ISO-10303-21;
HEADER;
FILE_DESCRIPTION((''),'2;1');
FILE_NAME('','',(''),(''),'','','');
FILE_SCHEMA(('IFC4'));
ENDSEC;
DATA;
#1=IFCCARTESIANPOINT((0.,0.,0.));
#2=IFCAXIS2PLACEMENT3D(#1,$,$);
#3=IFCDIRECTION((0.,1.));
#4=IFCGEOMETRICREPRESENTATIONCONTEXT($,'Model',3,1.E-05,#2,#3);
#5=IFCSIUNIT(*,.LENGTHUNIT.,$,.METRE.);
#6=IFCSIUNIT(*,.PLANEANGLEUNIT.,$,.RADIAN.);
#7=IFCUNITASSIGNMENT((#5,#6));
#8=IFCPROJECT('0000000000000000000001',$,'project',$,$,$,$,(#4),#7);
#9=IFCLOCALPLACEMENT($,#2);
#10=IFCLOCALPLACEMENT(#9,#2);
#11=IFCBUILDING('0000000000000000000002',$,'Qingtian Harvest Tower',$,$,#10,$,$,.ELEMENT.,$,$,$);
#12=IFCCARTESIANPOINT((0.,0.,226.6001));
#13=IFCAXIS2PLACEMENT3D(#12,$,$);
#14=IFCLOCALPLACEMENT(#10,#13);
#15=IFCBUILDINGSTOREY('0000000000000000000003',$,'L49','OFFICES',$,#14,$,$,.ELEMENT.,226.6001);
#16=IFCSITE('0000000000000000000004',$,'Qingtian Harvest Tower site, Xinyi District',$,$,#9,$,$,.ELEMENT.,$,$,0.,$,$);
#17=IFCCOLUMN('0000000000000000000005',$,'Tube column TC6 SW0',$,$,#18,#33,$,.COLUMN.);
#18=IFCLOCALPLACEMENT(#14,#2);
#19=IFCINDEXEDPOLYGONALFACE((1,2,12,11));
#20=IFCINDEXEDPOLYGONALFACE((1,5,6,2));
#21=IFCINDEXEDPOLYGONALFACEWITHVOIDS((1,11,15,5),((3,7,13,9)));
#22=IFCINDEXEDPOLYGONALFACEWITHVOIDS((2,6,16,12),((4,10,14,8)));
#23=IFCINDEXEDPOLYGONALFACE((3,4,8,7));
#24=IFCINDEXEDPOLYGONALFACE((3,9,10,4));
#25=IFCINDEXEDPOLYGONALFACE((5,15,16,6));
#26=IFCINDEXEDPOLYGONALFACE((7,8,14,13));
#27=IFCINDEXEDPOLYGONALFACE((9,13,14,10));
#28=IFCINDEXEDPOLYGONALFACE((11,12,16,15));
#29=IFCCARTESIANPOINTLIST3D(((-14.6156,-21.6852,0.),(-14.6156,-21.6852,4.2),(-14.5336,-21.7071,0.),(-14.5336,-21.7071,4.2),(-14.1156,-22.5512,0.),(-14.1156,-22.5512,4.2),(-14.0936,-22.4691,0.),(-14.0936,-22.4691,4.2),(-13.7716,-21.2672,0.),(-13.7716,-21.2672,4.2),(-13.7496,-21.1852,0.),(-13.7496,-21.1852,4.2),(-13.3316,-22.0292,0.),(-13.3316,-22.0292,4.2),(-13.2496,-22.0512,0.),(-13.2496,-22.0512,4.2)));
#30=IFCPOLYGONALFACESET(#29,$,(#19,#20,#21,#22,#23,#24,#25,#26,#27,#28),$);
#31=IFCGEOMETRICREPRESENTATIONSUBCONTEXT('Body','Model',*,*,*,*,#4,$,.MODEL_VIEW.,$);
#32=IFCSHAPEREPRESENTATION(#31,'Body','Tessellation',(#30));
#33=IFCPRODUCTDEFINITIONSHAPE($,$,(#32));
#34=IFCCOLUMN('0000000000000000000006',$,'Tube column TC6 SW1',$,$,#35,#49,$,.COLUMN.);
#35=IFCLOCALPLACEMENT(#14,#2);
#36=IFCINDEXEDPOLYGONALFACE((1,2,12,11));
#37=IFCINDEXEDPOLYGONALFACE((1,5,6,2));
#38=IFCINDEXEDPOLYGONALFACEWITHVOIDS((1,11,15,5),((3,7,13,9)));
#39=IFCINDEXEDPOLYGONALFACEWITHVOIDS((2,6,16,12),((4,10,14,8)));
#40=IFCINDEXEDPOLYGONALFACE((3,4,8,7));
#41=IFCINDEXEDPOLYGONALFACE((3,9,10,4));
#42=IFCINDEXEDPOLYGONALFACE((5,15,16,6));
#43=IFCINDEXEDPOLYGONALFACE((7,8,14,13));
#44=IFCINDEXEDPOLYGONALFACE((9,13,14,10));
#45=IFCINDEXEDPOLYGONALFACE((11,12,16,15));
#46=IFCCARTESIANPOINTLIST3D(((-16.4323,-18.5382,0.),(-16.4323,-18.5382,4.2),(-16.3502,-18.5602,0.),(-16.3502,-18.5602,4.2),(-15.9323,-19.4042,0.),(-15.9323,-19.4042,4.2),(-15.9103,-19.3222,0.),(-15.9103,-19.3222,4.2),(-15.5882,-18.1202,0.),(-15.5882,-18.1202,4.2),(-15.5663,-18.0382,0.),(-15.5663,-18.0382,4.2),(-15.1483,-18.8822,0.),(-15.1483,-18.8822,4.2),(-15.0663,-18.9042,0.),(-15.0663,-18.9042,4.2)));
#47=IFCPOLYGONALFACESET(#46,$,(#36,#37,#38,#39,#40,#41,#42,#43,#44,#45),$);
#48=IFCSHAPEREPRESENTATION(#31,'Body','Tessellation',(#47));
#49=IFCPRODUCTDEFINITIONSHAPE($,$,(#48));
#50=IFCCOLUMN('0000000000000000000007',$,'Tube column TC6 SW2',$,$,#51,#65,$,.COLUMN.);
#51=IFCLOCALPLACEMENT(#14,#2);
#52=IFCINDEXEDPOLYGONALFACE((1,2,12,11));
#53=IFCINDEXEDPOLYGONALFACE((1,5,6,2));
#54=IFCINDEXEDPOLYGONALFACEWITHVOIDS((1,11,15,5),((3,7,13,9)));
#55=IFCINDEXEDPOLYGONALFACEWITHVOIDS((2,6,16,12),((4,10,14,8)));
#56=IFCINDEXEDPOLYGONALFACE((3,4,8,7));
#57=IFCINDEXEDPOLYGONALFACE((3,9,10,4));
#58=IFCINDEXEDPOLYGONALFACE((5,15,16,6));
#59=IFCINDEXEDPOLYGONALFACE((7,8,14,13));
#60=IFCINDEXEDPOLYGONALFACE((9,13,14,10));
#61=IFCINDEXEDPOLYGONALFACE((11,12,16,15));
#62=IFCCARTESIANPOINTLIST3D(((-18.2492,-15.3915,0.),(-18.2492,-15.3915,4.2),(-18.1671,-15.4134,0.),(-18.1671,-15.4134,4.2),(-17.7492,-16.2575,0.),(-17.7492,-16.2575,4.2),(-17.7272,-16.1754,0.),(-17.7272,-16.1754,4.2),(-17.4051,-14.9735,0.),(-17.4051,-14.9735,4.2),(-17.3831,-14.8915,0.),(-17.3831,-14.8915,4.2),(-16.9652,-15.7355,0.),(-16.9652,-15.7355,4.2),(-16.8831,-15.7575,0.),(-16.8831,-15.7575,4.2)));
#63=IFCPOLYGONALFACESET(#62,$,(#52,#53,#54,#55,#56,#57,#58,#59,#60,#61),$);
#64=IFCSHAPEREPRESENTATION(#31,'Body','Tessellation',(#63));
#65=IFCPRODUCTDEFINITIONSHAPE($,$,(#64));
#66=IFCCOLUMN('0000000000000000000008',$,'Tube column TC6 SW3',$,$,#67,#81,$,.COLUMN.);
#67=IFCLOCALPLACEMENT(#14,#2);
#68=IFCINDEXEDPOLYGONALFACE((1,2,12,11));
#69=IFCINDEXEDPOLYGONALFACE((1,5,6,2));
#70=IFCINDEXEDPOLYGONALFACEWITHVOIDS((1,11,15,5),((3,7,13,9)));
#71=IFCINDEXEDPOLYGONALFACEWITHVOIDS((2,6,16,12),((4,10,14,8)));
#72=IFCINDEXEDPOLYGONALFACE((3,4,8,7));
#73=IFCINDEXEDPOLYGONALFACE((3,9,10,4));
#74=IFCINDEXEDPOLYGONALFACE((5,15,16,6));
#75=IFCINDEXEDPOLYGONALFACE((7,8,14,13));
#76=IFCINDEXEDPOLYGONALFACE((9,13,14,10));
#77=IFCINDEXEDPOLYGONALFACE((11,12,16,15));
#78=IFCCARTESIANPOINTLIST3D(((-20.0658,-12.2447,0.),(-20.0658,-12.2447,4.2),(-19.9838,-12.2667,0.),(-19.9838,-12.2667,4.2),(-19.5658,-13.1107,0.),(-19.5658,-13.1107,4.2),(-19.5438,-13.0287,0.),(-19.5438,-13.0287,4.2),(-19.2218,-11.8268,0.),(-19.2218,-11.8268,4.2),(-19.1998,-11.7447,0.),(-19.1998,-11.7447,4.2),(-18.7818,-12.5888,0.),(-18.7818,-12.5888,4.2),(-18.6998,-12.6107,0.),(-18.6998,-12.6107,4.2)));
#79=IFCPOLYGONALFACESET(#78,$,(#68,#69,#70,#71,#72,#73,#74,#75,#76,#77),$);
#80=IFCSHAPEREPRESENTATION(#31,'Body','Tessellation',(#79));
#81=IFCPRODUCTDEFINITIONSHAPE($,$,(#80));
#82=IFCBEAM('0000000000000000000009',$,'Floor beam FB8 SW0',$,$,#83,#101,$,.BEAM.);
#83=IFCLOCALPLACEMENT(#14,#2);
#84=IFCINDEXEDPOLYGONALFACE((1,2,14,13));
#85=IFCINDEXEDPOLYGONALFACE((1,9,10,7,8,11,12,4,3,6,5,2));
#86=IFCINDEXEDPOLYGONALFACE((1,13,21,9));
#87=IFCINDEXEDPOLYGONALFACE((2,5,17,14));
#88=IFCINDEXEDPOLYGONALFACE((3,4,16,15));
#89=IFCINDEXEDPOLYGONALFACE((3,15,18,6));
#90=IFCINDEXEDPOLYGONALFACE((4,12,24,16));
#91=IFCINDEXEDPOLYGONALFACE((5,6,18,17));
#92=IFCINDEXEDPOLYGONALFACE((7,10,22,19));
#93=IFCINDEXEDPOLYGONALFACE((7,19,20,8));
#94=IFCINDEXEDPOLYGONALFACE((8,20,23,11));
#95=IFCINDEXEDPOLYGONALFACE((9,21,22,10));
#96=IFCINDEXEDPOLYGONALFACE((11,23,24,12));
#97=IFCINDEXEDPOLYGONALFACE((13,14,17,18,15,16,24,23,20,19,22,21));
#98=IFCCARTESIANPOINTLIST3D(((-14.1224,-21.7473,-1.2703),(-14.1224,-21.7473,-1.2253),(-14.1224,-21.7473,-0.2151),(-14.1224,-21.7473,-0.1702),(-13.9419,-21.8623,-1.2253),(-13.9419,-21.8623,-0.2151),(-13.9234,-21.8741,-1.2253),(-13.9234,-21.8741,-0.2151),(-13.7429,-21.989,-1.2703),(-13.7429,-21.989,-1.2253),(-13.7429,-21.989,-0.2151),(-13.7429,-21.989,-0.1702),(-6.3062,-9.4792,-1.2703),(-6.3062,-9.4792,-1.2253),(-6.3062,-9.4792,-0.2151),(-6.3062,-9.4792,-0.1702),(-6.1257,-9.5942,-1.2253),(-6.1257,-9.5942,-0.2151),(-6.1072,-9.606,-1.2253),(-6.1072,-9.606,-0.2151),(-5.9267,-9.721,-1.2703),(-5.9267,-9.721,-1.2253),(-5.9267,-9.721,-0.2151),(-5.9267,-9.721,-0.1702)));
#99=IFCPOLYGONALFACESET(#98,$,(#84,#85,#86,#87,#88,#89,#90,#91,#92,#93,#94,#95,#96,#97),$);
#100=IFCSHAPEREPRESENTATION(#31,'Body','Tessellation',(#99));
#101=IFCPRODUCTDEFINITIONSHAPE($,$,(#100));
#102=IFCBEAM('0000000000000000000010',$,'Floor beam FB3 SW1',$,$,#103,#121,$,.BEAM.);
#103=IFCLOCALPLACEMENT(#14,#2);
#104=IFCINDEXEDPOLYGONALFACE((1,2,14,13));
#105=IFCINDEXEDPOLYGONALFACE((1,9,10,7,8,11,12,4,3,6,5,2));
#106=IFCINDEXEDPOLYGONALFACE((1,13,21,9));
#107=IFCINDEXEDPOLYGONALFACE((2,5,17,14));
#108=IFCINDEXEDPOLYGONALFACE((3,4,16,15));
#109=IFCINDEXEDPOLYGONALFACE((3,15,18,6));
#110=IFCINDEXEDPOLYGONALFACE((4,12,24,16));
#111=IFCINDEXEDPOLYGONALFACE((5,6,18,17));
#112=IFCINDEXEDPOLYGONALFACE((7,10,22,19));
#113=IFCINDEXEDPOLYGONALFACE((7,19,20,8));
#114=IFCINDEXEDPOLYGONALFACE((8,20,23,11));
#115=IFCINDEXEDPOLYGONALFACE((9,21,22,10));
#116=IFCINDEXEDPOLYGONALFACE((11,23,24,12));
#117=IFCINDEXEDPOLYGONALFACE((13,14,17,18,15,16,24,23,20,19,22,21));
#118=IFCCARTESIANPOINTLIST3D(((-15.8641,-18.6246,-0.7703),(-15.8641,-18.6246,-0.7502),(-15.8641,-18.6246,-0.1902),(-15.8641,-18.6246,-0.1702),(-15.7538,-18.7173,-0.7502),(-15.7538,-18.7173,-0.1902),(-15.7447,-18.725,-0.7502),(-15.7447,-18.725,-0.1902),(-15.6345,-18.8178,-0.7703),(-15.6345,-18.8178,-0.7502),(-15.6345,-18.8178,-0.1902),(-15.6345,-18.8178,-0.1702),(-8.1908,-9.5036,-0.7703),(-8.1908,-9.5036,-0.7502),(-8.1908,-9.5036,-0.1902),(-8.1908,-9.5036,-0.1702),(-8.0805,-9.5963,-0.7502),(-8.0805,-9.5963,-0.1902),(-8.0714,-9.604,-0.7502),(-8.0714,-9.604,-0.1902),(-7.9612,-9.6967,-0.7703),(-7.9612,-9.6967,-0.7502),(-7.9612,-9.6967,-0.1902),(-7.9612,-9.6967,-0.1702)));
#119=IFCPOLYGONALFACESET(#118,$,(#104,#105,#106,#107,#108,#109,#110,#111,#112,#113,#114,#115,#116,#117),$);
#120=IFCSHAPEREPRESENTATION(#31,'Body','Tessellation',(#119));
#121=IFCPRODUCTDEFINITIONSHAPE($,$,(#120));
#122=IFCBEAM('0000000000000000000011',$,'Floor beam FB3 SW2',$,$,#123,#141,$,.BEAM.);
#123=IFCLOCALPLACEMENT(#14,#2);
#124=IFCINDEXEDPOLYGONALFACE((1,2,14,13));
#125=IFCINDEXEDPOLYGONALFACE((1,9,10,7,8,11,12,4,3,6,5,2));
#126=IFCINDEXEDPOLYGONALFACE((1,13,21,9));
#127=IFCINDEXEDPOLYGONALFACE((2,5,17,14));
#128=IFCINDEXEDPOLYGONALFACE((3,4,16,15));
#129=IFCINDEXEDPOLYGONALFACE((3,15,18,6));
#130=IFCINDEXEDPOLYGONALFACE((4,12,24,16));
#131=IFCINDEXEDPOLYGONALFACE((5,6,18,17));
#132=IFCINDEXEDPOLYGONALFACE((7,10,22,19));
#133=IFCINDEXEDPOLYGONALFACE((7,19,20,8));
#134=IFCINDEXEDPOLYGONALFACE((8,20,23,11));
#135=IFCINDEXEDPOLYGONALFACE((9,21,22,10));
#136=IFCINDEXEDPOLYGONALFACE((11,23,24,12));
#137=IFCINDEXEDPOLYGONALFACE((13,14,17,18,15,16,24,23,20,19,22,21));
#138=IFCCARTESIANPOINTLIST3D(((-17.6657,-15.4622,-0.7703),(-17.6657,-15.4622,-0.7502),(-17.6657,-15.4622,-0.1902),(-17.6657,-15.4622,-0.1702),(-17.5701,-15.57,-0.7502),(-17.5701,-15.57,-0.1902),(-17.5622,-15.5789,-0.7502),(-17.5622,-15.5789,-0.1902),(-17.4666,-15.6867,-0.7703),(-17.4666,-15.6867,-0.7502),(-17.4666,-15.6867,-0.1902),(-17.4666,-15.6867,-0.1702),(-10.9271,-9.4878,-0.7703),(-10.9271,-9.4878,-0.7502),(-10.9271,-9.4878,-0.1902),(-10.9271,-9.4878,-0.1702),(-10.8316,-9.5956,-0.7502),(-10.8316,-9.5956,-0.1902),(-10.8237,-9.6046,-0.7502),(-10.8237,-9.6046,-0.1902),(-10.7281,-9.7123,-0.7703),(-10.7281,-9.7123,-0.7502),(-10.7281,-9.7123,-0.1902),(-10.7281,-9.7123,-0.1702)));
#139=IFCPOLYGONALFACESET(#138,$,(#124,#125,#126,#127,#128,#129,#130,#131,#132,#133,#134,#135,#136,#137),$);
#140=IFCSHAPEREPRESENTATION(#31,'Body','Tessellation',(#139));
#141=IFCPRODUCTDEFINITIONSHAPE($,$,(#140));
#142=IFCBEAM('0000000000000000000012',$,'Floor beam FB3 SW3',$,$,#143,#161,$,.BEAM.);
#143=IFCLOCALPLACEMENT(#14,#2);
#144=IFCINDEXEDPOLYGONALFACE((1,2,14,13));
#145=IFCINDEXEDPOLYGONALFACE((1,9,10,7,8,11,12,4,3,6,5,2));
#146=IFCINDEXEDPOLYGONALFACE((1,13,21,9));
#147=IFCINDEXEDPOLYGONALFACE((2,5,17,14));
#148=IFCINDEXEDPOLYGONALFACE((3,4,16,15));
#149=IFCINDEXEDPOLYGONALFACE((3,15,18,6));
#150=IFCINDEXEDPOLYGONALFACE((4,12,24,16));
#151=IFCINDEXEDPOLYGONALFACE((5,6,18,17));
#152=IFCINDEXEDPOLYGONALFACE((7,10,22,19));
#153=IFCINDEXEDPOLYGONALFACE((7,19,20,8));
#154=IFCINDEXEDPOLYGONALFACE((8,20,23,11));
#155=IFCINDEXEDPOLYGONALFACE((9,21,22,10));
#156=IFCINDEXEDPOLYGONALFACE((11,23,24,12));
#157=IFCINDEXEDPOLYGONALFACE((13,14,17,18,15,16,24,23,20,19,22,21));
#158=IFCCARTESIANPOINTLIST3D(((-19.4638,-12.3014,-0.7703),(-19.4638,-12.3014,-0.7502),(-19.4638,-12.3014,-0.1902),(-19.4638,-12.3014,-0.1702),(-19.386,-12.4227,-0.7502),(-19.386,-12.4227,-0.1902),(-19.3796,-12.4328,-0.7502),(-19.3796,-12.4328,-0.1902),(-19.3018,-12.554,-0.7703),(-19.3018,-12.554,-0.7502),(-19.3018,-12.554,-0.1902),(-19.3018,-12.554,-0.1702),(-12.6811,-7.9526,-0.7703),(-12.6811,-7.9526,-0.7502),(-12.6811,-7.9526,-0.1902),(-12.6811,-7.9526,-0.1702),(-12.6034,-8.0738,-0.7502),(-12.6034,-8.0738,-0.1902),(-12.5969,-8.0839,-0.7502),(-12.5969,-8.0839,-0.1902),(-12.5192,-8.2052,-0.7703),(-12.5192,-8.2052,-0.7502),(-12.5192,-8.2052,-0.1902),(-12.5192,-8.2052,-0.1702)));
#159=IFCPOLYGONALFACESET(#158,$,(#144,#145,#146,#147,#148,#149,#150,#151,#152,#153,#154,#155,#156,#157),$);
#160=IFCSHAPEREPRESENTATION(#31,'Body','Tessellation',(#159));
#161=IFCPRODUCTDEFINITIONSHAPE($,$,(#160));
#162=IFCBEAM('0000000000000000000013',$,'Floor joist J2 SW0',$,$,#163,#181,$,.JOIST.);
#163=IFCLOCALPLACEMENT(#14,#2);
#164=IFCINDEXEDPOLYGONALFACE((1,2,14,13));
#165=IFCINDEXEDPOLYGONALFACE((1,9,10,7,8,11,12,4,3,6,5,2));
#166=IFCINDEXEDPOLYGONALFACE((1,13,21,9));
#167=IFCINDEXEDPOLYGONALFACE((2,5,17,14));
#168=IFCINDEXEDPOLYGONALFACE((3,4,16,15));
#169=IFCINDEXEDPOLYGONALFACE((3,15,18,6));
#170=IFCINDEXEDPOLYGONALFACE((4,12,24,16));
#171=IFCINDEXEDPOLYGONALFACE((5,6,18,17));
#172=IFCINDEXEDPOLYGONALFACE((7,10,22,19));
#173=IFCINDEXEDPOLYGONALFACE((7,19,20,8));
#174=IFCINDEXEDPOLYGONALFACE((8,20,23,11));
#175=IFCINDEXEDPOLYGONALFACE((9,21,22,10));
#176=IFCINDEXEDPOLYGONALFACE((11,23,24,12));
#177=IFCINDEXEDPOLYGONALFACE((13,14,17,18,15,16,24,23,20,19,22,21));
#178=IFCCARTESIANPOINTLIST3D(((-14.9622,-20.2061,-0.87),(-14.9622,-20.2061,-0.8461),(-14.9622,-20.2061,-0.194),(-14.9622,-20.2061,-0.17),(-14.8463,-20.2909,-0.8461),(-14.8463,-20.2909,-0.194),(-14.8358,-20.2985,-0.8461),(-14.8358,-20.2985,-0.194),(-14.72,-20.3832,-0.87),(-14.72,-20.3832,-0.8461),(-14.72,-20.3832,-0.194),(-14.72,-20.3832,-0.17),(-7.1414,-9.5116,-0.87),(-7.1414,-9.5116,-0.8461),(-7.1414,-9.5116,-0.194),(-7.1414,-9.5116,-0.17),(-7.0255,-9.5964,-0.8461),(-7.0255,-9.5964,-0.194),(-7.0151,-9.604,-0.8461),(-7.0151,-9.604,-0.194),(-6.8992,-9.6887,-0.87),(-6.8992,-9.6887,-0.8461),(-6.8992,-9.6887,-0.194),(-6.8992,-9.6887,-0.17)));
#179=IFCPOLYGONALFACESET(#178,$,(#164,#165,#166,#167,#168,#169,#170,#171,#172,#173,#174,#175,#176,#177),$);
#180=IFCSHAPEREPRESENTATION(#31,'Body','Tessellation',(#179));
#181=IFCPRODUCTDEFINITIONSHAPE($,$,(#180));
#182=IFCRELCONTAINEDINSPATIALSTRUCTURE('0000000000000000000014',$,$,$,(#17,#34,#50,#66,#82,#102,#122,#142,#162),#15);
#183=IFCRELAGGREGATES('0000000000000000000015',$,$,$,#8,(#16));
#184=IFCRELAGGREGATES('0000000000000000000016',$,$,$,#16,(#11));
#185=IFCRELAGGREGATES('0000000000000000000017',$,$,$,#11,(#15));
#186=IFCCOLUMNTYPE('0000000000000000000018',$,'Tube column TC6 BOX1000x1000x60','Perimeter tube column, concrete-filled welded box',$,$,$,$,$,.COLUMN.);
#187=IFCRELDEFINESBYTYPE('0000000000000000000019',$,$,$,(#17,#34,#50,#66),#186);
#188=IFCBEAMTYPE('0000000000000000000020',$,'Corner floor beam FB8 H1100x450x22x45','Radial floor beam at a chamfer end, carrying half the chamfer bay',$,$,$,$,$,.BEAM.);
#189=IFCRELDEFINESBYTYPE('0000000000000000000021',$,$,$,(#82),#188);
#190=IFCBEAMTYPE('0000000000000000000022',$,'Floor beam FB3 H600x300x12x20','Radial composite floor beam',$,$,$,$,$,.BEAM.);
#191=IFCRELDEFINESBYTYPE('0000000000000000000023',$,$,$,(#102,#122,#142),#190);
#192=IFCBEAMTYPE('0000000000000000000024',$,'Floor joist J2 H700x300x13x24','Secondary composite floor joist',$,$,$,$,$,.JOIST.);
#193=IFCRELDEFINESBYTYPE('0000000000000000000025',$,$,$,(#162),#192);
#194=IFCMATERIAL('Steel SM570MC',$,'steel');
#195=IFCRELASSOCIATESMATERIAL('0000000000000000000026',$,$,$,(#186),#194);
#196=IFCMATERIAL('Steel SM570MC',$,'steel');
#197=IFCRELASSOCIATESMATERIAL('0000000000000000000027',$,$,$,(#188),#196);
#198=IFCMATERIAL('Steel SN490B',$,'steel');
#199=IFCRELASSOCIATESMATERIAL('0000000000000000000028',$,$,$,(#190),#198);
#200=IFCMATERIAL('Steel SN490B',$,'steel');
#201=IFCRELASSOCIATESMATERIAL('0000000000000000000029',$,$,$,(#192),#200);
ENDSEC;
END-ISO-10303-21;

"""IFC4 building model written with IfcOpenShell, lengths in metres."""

from ifc_helpers import new_model, si_unit, direction, frame, origin, origin_2d, place, context, subcontext, project, spatial, hollow_rectangle, i_section, extrude, material, material_profile, profile_set, type_object, element, save


model = new_model("IFC4")

# Units and contexts
model_context = context("Model", 3, precision=1e-05, world=origin(), true_north=direction((0.0, 1.0)))
body_context = subcontext(model_context, "Body", "Model", "MODEL_VIEW")
ifc_project = project(units=[si_unit("LENGTHUNIT", "METRE"), si_unit("PLANEANGLEUNIT", "RADIAN")], contexts=[model_context])

# Site, building, storey
site_placement = place(None, origin())
site = spatial("IfcSite", under=ifc_project, at=site_placement, Name="Qingtian Harvest Tower site, Xinyi District", CompositionType="ELEMENT", RefElevation=0.0)
building_placement = place(site_placement, origin())
building = spatial("IfcBuilding", under=site, at=building_placement, Name="Qingtian Harvest Tower", CompositionType="ELEMENT")
storey_placement = place(building_placement, frame((0.0, 0.0, 226.6001)))
storey = spatial("IfcBuildingStorey", under=building, at=storey_placement, Name="L49", Description="OFFICES", CompositionType="ELEMENT", Elevation=226.6001)

# Columns
ifc_material_1 = material(Name="Steel SM570MC", Category="steel")
ifc_material_profile_1 = material_profile(ifc_material_1, hollow_rectangle(XDim=1.0, YDim=1.0, WallThickness=0.0601, at=origin_2d()), Name="BOX1000x1000x60")
ifc_profile_set_1 = profile_set([ifc_material_profile_1], Name="Steel SM570MC")
column_type = type_object("IfcColumnType", Name="Tube column TC6 BOX1000x1000x60", Description="Perimeter tube column, concrete-filled welded box", PredefinedType="COLUMN", material=ifc_profile_set_1)
for number, where, z_axis, x_axis, name in (
    (1, (-13.9326, -21.8682, 0.0), (0.0, 0.0, 1.0), (0.5, -0.866025, 0.0), "Tube column TC6 SW0"),
    (2, (-15.7493, -18.7212, 0.0), (0.0, 0.0, 1.0), (0.5, -0.866025, 0.0), "Tube column TC6 SW1"),
    (3, (-17.5662, -15.5745, 0.0), (0.0, 0.0, 1.0), (0.5, -0.866025, 0.0), "Tube column TC6 SW2"),
    (4, (-19.3828, -12.4277, 0.0), (0.0, 0.0, 1.0), (0.5, -0.866025, 0.0), "Tube column TC6 SW3"),
):
    element("IfcColumn", number, at=place(storey_placement, frame(where, z_axis=z_axis, x_axis=x_axis)), inside=storey, type_object=column_type, Name=name, PredefinedType="COLUMN", context=body_context, shape_type="SweptSolid", body=[
        extrude(hollow_rectangle(XDim=1.0, YDim=1.0, WallThickness=0.0601, at=origin_2d()), origin(), (0.0, 0.0, 1.0), 4.2),
    ])

# Beams
ifc_material_2 = material(Name="Steel SM570MC", Category="steel")
ifc_material_profile_2 = material_profile(ifc_material_2, i_section(OverallWidth=0.45, OverallDepth=1.1001, WebThickness=0.022, FlangeThickness=0.0449, at=origin_2d()), Name="H1100x450x22x45")
ifc_profile_set_2 = profile_set([ifc_material_profile_2], Name="Steel SM570MC")
beam_type_1 = type_object("IfcBeamType", Name="Corner floor beam FB8 H1100x450x22x45", Description="Radial floor beam at a chamfer end, carrying half the chamfer bay", PredefinedType="BEAM", material=ifc_profile_set_2)
beam_1_placement = place(storey_placement, frame((-13.9326, -21.8682, -0.7202), z_axis=(0.537326, 0.843375, 0.0), x_axis=(-0.843375, 0.537326, 0.0)))
element("IfcBeam", 5, at=beam_1_placement, inside=storey, type_object=beam_type_1, Name="Floor beam FB8 SW0", PredefinedType="BEAM", context=body_context, shape_type="SweptSolid", body=[
    extrude(i_section(OverallWidth=0.45, OverallDepth=1.1001, WebThickness=0.022, FlangeThickness=0.0449, at=origin_2d()), origin(), (0.0, 0.0, 1.0), 14.5464),
])
ifc_material_3 = material(Name="Steel SN490B", Category="steel")
ifc_material_profile_3 = material_profile(ifc_material_3, i_section(OverallWidth=0.3, OverallDepth=0.6001, WebThickness=0.012, FlangeThickness=0.02, at=origin_2d()), Name="H600x300x12x20")
ifc_profile_set_3 = profile_set([ifc_material_profile_3], Name="Steel SN490B")
beam_type_2 = type_object("IfcBeamType", Name="Floor beam FB3 H600x300x12x20", Description="Radial composite floor beam", PredefinedType="BEAM", material=ifc_profile_set_3)
beam_2_placement = place(storey_placement, frame((-15.7493, -18.7212, -0.4702), z_axis=(0.643764, 0.765224, 0.0), x_axis=(-0.765224, 0.643764, 0.0)))
element("IfcBeam", 6, at=beam_2_placement, inside=storey, type_object=beam_type_2, Name="Floor beam FB3 SW1", PredefinedType="BEAM", context=body_context, shape_type="SweptSolid", body=[
    extrude(i_section(OverallWidth=0.3, OverallDepth=0.6001, WebThickness=0.012, FlangeThickness=0.02, at=origin_2d()), origin(), (0.0, 0.0, 1.0), 11.9194),
])
beam_3_placement = place(storey_placement, frame((-17.5662, -15.5745, -0.4702), z_axis=(0.74826, 0.663406, 0.0), x_axis=(-0.663406, 0.74826, 0.0)))
element("IfcBeam", 7, at=beam_3_placement, inside=storey, type_object=beam_type_2, Name="Floor beam FB3 SW2", PredefinedType="BEAM", context=body_context, shape_type="SweptSolid", body=[
    extrude(i_section(OverallWidth=0.3, OverallDepth=0.6001, WebThickness=0.012, FlangeThickness=0.02, at=origin_2d()), origin(), (0.0, 0.0, 1.0), 9.0056),
])
beam_4_placement = place(storey_placement, frame((-19.3828, -12.4277, -0.4702), z_axis=(0.841824, 0.539753, 0.0), x_axis=(-0.539753, 0.841824, 0.0)))
element("IfcBeam", 8, at=beam_4_placement, inside=storey, type_object=beam_type_2, Name="Floor beam FB3 SW3", PredefinedType="BEAM", context=body_context, shape_type="SweptSolid", body=[
    extrude(i_section(OverallWidth=0.3, OverallDepth=0.6001, WebThickness=0.012, FlangeThickness=0.02, at=origin_2d()), origin(), (0.0, 0.0, 1.0), 8.0571),
])
ifc_material_4 = material(Name="Steel SN490B", Category="steel")
ifc_material_profile_4 = material_profile(ifc_material_4, i_section(OverallWidth=0.3, OverallDepth=0.7, WebThickness=0.0129, FlangeThickness=0.0239, at=origin_2d()), Name="H700x300x13x24")
ifc_profile_set_4 = profile_set([ifc_material_profile_4], Name="Steel SN490B")
beam_type_3 = type_object("IfcBeamType", Name="Floor joist J2 H700x300x13x24", Description="Secondary composite floor joist", PredefinedType="JOIST", material=ifc_profile_set_4)
beam_5_placement = place(storey_placement, frame((-14.8411, -20.2947, -0.52), z_axis=(0.590289, 0.807192, 0.0), x_axis=(-0.807192, 0.590289, 0.0)))
element("IfcBeam", 9, at=beam_5_placement, inside=storey, type_object=beam_type_3, Name="Floor joist J2 SW0", PredefinedType="JOIST", context=body_context, shape_type="SweptSolid", body=[
    extrude(i_section(OverallWidth=0.3, OverallDepth=0.7, WebThickness=0.0129, FlangeThickness=0.0239, at=origin_2d()), origin(), (0.0, 0.0, 1.0), 13.249),
])

save(model, "model.ifc")
